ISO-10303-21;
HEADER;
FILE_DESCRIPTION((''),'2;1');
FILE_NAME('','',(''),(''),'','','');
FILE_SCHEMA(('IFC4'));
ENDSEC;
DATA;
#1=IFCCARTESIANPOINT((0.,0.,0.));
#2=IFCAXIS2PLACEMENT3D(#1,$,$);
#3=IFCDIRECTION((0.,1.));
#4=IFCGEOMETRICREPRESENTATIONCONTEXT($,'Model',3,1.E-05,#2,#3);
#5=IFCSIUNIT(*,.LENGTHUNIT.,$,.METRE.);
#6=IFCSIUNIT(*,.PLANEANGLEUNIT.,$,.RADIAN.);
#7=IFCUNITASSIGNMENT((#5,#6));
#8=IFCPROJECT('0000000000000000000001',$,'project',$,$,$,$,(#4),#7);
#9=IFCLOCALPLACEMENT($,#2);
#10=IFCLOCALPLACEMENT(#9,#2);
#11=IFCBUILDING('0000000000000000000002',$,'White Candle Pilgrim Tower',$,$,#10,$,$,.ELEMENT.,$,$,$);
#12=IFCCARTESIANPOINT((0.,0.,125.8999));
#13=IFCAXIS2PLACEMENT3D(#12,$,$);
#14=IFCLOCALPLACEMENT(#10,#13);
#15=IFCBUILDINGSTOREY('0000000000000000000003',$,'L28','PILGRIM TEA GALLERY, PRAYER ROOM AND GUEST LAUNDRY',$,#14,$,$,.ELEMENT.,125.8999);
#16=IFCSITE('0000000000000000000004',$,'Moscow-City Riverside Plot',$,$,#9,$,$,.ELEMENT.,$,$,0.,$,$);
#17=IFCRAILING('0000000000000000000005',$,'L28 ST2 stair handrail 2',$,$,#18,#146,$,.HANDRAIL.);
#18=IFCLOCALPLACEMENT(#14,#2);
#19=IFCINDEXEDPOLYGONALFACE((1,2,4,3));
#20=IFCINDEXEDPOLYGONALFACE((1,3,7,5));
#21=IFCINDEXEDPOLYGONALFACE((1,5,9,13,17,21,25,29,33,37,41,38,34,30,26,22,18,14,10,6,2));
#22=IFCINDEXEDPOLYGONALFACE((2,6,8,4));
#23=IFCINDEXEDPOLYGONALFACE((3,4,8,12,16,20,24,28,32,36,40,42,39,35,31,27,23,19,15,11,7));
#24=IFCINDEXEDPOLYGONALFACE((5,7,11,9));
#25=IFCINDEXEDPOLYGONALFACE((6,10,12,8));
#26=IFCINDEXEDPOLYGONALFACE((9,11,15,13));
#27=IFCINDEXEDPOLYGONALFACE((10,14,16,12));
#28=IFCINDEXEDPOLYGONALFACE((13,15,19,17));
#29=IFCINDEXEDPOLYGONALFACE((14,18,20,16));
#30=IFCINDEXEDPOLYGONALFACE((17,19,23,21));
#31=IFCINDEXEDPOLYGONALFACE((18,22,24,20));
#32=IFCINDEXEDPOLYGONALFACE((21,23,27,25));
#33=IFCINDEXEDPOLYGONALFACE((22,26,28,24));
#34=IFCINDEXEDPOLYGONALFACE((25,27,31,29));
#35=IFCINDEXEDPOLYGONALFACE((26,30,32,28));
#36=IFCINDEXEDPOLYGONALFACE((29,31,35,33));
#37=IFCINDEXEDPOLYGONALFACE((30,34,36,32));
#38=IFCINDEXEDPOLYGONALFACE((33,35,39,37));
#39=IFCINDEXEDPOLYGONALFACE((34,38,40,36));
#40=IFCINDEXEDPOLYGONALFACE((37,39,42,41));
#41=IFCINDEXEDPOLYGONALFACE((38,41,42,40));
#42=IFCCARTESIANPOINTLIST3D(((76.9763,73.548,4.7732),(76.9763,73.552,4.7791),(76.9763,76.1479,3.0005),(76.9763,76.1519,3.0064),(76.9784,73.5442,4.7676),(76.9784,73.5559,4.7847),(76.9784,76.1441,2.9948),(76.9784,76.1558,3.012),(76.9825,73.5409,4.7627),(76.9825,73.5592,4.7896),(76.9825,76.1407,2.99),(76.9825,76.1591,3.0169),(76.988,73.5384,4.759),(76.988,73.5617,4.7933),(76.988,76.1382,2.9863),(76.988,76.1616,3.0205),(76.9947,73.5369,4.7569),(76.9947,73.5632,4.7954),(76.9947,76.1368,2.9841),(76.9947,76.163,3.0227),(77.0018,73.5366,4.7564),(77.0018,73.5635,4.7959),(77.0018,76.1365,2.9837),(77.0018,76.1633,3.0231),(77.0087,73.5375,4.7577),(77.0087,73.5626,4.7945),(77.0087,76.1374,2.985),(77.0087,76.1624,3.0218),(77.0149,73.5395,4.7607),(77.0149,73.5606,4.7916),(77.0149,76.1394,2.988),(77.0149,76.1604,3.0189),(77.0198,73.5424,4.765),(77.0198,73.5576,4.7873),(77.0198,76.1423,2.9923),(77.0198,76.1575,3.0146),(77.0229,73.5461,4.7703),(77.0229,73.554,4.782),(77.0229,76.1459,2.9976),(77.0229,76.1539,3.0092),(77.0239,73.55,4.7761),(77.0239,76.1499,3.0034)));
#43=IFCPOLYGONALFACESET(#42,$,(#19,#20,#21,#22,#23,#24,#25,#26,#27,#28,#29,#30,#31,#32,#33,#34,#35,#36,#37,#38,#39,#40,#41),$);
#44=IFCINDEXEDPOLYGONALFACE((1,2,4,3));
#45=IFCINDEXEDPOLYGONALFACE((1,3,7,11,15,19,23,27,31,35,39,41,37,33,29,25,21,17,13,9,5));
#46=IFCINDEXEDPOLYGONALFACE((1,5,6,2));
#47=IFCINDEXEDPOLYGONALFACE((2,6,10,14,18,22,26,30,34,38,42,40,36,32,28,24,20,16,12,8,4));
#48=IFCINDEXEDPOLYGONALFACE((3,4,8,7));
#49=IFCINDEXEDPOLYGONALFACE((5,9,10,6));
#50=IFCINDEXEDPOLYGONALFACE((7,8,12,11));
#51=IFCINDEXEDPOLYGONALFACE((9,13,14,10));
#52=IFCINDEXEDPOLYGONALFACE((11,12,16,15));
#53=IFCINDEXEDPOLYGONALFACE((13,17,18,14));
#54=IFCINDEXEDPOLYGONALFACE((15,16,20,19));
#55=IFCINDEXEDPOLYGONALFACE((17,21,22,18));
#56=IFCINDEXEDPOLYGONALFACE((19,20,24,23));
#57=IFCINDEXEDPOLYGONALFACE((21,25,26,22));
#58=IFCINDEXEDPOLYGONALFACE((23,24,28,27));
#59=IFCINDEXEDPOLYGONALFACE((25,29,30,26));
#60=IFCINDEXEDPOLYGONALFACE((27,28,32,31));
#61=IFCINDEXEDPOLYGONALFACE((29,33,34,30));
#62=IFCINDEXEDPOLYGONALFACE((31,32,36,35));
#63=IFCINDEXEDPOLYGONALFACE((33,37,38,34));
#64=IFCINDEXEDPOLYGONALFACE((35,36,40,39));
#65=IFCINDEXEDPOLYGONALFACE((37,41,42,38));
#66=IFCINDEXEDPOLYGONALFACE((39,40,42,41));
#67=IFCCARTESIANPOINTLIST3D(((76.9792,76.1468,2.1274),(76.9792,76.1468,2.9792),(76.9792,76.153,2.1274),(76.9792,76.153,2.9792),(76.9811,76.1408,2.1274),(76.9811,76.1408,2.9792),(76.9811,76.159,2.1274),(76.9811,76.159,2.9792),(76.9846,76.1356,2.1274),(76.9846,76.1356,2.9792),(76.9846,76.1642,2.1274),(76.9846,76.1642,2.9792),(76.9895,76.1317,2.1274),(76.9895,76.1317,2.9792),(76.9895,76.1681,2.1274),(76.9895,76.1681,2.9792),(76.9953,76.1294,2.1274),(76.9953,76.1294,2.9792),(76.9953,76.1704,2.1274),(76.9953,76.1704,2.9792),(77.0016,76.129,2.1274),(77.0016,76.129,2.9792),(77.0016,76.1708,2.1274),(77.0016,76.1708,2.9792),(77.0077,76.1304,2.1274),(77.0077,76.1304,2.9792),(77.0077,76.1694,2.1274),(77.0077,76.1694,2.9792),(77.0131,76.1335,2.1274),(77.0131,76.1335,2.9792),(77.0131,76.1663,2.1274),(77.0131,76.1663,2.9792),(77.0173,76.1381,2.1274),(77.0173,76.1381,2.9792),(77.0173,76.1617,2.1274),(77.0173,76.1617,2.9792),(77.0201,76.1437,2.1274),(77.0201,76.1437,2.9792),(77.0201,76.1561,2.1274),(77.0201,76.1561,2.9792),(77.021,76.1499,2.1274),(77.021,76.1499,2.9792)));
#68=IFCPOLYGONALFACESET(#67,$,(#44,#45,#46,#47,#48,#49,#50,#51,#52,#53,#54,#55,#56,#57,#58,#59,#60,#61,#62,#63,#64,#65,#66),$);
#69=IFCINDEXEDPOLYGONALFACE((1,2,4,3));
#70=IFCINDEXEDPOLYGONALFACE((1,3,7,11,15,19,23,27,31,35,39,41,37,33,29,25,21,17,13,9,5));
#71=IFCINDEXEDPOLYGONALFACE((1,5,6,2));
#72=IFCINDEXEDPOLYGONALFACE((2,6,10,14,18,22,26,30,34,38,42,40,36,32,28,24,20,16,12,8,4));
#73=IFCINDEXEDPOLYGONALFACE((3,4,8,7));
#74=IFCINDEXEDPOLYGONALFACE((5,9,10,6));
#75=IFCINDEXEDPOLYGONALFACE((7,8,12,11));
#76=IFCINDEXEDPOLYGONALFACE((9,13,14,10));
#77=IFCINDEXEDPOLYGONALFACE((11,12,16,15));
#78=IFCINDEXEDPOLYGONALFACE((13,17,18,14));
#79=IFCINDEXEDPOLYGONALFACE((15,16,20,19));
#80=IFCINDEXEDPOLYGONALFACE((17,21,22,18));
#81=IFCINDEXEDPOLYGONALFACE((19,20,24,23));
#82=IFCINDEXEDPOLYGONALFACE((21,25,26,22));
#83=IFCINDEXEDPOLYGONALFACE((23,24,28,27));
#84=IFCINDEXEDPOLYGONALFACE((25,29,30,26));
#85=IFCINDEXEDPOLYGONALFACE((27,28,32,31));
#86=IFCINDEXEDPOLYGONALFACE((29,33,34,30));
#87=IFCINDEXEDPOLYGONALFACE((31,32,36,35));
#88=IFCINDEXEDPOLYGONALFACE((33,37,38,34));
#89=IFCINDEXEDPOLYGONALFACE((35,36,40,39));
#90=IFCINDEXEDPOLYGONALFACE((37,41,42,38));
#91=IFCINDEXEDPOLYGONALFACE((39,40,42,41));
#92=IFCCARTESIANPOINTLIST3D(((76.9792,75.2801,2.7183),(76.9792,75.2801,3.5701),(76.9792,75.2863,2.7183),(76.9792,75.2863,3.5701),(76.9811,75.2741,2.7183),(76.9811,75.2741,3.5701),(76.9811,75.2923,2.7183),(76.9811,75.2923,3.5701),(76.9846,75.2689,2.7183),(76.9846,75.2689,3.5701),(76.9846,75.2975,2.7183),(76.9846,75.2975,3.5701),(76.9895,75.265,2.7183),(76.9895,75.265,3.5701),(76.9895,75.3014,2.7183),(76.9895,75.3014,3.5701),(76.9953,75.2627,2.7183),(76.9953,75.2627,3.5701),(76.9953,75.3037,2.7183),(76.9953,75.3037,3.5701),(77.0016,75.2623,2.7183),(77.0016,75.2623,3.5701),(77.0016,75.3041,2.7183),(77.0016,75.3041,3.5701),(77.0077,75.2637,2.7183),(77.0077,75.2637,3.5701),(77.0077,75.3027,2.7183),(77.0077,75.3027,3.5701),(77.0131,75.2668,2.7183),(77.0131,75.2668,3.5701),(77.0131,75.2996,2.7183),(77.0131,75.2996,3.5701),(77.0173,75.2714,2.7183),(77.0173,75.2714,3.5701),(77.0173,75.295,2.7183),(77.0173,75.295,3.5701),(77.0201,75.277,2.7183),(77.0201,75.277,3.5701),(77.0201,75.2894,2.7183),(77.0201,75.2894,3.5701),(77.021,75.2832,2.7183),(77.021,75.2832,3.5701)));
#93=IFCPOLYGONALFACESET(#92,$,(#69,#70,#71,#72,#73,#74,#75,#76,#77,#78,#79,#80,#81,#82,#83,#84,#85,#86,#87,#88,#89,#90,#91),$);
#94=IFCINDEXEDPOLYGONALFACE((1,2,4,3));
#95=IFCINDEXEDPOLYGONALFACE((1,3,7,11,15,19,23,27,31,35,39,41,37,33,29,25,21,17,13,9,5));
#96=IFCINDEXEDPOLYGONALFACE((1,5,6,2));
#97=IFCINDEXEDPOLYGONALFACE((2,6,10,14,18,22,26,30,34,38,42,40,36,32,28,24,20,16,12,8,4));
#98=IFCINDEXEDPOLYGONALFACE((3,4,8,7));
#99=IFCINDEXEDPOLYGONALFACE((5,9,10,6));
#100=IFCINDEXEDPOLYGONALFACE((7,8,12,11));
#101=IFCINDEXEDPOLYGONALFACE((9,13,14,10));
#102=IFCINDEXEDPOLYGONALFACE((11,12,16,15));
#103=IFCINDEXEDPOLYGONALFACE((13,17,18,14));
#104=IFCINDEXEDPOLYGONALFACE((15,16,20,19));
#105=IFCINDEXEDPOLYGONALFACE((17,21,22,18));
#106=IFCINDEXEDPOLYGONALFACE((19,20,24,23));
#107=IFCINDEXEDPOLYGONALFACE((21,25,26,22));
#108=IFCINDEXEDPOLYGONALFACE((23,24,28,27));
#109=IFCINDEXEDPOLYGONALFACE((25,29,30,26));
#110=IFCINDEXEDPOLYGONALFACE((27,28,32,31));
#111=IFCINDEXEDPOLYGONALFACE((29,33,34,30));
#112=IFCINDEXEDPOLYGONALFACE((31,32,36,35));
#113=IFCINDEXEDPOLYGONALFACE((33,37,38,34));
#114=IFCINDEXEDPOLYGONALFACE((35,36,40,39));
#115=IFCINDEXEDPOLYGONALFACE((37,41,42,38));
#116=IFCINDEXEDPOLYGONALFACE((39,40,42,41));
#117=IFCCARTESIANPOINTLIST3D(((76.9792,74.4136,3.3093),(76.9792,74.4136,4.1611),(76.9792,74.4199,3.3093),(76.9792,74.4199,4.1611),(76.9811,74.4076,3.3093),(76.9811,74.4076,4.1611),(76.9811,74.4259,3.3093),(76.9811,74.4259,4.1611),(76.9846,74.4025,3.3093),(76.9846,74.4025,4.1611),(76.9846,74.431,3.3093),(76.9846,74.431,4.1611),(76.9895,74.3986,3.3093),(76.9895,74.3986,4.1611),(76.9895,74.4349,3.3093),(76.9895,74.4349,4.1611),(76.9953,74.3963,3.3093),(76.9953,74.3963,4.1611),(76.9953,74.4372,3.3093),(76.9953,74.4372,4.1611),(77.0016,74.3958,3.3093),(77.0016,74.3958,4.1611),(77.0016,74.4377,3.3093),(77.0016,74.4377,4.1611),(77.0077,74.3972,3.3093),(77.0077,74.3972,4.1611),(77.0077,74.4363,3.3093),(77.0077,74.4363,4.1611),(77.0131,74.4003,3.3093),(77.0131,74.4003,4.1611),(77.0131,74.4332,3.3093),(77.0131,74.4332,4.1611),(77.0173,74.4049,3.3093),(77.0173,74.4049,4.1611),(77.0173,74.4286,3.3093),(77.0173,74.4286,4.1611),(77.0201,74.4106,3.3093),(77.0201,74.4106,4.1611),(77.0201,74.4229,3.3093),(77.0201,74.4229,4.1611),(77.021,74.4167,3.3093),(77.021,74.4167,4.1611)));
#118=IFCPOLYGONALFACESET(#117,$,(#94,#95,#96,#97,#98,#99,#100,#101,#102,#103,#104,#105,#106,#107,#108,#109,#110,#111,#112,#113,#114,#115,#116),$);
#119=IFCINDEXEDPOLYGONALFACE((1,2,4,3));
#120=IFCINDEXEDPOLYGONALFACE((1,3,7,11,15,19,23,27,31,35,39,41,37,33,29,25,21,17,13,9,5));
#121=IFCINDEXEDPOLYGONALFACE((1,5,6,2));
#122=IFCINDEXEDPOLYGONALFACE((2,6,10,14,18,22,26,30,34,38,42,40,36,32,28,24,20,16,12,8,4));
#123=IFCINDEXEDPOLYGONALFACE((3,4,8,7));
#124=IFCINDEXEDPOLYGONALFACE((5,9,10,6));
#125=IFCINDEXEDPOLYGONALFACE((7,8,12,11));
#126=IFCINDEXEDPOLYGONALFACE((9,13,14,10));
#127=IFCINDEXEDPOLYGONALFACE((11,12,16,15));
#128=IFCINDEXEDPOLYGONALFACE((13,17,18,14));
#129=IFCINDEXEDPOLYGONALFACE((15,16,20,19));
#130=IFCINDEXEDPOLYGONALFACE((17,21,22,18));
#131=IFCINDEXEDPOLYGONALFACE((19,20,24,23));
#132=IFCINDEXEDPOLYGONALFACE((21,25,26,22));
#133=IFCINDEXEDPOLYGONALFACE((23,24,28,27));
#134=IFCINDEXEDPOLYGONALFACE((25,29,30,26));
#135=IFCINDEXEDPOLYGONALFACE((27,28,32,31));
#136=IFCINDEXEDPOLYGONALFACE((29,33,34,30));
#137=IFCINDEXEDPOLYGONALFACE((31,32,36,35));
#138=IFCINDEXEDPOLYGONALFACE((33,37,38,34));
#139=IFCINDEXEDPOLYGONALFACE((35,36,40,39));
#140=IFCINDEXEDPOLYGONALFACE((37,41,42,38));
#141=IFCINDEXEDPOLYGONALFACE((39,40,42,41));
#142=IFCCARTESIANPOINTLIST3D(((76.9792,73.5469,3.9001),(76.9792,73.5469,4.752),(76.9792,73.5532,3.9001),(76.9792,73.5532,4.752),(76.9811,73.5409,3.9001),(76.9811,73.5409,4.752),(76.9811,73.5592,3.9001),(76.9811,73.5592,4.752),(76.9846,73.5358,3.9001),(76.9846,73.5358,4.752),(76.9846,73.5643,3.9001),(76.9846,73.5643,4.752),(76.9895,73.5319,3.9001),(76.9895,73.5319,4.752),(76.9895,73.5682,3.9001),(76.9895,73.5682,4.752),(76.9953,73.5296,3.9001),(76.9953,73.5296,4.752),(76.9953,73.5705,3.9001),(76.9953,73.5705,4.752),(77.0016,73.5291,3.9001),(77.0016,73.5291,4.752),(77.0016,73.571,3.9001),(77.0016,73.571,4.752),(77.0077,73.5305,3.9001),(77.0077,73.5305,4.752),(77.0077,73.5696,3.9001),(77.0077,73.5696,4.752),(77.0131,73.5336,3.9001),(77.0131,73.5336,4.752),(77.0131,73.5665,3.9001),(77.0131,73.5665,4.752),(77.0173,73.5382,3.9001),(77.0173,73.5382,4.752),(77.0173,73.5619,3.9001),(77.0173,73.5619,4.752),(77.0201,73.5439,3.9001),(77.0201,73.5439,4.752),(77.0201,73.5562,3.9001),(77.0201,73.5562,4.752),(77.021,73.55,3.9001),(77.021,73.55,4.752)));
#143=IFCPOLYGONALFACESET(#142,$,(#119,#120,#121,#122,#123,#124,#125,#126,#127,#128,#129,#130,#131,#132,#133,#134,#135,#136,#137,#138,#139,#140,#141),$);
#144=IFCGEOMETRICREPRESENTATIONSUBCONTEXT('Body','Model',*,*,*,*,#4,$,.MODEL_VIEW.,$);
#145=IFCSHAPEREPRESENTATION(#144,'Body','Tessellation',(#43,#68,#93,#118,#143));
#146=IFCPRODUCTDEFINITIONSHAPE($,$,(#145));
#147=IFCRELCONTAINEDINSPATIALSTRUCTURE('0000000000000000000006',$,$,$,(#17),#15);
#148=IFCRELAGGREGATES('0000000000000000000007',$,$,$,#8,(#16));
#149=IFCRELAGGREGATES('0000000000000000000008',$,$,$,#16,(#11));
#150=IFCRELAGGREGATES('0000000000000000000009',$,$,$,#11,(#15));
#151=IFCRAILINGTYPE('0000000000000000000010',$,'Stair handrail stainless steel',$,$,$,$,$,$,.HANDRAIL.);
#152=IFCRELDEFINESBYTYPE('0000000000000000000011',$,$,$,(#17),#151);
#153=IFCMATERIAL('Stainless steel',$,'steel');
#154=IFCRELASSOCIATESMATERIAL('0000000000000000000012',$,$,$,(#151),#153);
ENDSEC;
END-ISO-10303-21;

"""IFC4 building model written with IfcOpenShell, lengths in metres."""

from ifc_helpers import new_model, si_unit, direction, frame, origin, origin_2d, place, context, subcontext, project, spatial, circle, extrude, material, type_object, element, save


model = new_model("IFC4")

# Units and contexts
model_context = context("Model", 3, precision=1e-05, world=origin(), true_north=direction((0.0, 1.0)))
body_context = subcontext(model_context, "Body", "Model", "MODEL_VIEW")
ifc_project = project(units=[si_unit("LENGTHUNIT", "METRE"), si_unit("PLANEANGLEUNIT", "RADIAN")], contexts=[model_context])

# Site, building, storey
site_placement = place(None, origin())
site = spatial("IfcSite", under=ifc_project, at=site_placement, Name="Moscow-City Riverside Plot", CompositionType="ELEMENT", RefElevation=0.0)
building_placement = place(site_placement, origin())
building = spatial("IfcBuilding", under=site, at=building_placement, Name="White Candle Pilgrim Tower", CompositionType="ELEMENT")
storey_placement = place(building_placement, frame((0.0, 0.0, 125.8999)))
storey = spatial("IfcBuildingStorey", under=building, at=storey_placement, Name="L28", Description="PILGRIM TEA GALLERY, PRAYER ROOM AND GUEST LAUNDRY", CompositionType="ELEMENT", Elevation=125.8999)

# Railing
ifc_material_1 = material(Name="Stainless steel", Category="steel")
railing_type_1 = type_object("IfcRailingType", Name="Stair handrail stainless steel", PredefinedType="HANDRAIL", material=ifc_material_1)
railing_1_placement = place(storey_placement, frame((77.0, 76.1499, 2.1274)))
element("IfcRailing", 1, at=railing_1_placement, inside=storey, type_object=railing_type_1, Name="L28 ST2 stair handrail 2", PredefinedType="HANDRAIL", context=body_context, shape_type="SweptSolid", body=[
    extrude(circle(Radius=0.0239, at=origin_2d()), frame((0.0, 0.0, 0.876), z_axis=(0.0, -0.826216, 0.563354), x_axis=(1.0, 0.0, 0.0)), (0.0, 0.0, 1.0), 3.1467),
    extrude(circle(Radius=0.021, at=origin_2d()), origin(), (0.0, 0.0, 1.0), 0.8518),
    extrude(circle(Radius=0.021, at=origin_2d()), frame((0.0, -0.8667, 0.5908)), (0.0, 0.0, 1.0), 0.8518),
    extrude(circle(Radius=0.021, at=origin_2d()), frame((0.0, -1.7332, 1.1819)), (0.0, 0.0, 1.0), 0.8518),
    extrude(circle(Radius=0.021, at=origin_2d()), frame((0.0, -2.5999, 1.7727)), (0.0, 0.0, 1.0), 0.8518),
])

save(model, "model.ifc")
